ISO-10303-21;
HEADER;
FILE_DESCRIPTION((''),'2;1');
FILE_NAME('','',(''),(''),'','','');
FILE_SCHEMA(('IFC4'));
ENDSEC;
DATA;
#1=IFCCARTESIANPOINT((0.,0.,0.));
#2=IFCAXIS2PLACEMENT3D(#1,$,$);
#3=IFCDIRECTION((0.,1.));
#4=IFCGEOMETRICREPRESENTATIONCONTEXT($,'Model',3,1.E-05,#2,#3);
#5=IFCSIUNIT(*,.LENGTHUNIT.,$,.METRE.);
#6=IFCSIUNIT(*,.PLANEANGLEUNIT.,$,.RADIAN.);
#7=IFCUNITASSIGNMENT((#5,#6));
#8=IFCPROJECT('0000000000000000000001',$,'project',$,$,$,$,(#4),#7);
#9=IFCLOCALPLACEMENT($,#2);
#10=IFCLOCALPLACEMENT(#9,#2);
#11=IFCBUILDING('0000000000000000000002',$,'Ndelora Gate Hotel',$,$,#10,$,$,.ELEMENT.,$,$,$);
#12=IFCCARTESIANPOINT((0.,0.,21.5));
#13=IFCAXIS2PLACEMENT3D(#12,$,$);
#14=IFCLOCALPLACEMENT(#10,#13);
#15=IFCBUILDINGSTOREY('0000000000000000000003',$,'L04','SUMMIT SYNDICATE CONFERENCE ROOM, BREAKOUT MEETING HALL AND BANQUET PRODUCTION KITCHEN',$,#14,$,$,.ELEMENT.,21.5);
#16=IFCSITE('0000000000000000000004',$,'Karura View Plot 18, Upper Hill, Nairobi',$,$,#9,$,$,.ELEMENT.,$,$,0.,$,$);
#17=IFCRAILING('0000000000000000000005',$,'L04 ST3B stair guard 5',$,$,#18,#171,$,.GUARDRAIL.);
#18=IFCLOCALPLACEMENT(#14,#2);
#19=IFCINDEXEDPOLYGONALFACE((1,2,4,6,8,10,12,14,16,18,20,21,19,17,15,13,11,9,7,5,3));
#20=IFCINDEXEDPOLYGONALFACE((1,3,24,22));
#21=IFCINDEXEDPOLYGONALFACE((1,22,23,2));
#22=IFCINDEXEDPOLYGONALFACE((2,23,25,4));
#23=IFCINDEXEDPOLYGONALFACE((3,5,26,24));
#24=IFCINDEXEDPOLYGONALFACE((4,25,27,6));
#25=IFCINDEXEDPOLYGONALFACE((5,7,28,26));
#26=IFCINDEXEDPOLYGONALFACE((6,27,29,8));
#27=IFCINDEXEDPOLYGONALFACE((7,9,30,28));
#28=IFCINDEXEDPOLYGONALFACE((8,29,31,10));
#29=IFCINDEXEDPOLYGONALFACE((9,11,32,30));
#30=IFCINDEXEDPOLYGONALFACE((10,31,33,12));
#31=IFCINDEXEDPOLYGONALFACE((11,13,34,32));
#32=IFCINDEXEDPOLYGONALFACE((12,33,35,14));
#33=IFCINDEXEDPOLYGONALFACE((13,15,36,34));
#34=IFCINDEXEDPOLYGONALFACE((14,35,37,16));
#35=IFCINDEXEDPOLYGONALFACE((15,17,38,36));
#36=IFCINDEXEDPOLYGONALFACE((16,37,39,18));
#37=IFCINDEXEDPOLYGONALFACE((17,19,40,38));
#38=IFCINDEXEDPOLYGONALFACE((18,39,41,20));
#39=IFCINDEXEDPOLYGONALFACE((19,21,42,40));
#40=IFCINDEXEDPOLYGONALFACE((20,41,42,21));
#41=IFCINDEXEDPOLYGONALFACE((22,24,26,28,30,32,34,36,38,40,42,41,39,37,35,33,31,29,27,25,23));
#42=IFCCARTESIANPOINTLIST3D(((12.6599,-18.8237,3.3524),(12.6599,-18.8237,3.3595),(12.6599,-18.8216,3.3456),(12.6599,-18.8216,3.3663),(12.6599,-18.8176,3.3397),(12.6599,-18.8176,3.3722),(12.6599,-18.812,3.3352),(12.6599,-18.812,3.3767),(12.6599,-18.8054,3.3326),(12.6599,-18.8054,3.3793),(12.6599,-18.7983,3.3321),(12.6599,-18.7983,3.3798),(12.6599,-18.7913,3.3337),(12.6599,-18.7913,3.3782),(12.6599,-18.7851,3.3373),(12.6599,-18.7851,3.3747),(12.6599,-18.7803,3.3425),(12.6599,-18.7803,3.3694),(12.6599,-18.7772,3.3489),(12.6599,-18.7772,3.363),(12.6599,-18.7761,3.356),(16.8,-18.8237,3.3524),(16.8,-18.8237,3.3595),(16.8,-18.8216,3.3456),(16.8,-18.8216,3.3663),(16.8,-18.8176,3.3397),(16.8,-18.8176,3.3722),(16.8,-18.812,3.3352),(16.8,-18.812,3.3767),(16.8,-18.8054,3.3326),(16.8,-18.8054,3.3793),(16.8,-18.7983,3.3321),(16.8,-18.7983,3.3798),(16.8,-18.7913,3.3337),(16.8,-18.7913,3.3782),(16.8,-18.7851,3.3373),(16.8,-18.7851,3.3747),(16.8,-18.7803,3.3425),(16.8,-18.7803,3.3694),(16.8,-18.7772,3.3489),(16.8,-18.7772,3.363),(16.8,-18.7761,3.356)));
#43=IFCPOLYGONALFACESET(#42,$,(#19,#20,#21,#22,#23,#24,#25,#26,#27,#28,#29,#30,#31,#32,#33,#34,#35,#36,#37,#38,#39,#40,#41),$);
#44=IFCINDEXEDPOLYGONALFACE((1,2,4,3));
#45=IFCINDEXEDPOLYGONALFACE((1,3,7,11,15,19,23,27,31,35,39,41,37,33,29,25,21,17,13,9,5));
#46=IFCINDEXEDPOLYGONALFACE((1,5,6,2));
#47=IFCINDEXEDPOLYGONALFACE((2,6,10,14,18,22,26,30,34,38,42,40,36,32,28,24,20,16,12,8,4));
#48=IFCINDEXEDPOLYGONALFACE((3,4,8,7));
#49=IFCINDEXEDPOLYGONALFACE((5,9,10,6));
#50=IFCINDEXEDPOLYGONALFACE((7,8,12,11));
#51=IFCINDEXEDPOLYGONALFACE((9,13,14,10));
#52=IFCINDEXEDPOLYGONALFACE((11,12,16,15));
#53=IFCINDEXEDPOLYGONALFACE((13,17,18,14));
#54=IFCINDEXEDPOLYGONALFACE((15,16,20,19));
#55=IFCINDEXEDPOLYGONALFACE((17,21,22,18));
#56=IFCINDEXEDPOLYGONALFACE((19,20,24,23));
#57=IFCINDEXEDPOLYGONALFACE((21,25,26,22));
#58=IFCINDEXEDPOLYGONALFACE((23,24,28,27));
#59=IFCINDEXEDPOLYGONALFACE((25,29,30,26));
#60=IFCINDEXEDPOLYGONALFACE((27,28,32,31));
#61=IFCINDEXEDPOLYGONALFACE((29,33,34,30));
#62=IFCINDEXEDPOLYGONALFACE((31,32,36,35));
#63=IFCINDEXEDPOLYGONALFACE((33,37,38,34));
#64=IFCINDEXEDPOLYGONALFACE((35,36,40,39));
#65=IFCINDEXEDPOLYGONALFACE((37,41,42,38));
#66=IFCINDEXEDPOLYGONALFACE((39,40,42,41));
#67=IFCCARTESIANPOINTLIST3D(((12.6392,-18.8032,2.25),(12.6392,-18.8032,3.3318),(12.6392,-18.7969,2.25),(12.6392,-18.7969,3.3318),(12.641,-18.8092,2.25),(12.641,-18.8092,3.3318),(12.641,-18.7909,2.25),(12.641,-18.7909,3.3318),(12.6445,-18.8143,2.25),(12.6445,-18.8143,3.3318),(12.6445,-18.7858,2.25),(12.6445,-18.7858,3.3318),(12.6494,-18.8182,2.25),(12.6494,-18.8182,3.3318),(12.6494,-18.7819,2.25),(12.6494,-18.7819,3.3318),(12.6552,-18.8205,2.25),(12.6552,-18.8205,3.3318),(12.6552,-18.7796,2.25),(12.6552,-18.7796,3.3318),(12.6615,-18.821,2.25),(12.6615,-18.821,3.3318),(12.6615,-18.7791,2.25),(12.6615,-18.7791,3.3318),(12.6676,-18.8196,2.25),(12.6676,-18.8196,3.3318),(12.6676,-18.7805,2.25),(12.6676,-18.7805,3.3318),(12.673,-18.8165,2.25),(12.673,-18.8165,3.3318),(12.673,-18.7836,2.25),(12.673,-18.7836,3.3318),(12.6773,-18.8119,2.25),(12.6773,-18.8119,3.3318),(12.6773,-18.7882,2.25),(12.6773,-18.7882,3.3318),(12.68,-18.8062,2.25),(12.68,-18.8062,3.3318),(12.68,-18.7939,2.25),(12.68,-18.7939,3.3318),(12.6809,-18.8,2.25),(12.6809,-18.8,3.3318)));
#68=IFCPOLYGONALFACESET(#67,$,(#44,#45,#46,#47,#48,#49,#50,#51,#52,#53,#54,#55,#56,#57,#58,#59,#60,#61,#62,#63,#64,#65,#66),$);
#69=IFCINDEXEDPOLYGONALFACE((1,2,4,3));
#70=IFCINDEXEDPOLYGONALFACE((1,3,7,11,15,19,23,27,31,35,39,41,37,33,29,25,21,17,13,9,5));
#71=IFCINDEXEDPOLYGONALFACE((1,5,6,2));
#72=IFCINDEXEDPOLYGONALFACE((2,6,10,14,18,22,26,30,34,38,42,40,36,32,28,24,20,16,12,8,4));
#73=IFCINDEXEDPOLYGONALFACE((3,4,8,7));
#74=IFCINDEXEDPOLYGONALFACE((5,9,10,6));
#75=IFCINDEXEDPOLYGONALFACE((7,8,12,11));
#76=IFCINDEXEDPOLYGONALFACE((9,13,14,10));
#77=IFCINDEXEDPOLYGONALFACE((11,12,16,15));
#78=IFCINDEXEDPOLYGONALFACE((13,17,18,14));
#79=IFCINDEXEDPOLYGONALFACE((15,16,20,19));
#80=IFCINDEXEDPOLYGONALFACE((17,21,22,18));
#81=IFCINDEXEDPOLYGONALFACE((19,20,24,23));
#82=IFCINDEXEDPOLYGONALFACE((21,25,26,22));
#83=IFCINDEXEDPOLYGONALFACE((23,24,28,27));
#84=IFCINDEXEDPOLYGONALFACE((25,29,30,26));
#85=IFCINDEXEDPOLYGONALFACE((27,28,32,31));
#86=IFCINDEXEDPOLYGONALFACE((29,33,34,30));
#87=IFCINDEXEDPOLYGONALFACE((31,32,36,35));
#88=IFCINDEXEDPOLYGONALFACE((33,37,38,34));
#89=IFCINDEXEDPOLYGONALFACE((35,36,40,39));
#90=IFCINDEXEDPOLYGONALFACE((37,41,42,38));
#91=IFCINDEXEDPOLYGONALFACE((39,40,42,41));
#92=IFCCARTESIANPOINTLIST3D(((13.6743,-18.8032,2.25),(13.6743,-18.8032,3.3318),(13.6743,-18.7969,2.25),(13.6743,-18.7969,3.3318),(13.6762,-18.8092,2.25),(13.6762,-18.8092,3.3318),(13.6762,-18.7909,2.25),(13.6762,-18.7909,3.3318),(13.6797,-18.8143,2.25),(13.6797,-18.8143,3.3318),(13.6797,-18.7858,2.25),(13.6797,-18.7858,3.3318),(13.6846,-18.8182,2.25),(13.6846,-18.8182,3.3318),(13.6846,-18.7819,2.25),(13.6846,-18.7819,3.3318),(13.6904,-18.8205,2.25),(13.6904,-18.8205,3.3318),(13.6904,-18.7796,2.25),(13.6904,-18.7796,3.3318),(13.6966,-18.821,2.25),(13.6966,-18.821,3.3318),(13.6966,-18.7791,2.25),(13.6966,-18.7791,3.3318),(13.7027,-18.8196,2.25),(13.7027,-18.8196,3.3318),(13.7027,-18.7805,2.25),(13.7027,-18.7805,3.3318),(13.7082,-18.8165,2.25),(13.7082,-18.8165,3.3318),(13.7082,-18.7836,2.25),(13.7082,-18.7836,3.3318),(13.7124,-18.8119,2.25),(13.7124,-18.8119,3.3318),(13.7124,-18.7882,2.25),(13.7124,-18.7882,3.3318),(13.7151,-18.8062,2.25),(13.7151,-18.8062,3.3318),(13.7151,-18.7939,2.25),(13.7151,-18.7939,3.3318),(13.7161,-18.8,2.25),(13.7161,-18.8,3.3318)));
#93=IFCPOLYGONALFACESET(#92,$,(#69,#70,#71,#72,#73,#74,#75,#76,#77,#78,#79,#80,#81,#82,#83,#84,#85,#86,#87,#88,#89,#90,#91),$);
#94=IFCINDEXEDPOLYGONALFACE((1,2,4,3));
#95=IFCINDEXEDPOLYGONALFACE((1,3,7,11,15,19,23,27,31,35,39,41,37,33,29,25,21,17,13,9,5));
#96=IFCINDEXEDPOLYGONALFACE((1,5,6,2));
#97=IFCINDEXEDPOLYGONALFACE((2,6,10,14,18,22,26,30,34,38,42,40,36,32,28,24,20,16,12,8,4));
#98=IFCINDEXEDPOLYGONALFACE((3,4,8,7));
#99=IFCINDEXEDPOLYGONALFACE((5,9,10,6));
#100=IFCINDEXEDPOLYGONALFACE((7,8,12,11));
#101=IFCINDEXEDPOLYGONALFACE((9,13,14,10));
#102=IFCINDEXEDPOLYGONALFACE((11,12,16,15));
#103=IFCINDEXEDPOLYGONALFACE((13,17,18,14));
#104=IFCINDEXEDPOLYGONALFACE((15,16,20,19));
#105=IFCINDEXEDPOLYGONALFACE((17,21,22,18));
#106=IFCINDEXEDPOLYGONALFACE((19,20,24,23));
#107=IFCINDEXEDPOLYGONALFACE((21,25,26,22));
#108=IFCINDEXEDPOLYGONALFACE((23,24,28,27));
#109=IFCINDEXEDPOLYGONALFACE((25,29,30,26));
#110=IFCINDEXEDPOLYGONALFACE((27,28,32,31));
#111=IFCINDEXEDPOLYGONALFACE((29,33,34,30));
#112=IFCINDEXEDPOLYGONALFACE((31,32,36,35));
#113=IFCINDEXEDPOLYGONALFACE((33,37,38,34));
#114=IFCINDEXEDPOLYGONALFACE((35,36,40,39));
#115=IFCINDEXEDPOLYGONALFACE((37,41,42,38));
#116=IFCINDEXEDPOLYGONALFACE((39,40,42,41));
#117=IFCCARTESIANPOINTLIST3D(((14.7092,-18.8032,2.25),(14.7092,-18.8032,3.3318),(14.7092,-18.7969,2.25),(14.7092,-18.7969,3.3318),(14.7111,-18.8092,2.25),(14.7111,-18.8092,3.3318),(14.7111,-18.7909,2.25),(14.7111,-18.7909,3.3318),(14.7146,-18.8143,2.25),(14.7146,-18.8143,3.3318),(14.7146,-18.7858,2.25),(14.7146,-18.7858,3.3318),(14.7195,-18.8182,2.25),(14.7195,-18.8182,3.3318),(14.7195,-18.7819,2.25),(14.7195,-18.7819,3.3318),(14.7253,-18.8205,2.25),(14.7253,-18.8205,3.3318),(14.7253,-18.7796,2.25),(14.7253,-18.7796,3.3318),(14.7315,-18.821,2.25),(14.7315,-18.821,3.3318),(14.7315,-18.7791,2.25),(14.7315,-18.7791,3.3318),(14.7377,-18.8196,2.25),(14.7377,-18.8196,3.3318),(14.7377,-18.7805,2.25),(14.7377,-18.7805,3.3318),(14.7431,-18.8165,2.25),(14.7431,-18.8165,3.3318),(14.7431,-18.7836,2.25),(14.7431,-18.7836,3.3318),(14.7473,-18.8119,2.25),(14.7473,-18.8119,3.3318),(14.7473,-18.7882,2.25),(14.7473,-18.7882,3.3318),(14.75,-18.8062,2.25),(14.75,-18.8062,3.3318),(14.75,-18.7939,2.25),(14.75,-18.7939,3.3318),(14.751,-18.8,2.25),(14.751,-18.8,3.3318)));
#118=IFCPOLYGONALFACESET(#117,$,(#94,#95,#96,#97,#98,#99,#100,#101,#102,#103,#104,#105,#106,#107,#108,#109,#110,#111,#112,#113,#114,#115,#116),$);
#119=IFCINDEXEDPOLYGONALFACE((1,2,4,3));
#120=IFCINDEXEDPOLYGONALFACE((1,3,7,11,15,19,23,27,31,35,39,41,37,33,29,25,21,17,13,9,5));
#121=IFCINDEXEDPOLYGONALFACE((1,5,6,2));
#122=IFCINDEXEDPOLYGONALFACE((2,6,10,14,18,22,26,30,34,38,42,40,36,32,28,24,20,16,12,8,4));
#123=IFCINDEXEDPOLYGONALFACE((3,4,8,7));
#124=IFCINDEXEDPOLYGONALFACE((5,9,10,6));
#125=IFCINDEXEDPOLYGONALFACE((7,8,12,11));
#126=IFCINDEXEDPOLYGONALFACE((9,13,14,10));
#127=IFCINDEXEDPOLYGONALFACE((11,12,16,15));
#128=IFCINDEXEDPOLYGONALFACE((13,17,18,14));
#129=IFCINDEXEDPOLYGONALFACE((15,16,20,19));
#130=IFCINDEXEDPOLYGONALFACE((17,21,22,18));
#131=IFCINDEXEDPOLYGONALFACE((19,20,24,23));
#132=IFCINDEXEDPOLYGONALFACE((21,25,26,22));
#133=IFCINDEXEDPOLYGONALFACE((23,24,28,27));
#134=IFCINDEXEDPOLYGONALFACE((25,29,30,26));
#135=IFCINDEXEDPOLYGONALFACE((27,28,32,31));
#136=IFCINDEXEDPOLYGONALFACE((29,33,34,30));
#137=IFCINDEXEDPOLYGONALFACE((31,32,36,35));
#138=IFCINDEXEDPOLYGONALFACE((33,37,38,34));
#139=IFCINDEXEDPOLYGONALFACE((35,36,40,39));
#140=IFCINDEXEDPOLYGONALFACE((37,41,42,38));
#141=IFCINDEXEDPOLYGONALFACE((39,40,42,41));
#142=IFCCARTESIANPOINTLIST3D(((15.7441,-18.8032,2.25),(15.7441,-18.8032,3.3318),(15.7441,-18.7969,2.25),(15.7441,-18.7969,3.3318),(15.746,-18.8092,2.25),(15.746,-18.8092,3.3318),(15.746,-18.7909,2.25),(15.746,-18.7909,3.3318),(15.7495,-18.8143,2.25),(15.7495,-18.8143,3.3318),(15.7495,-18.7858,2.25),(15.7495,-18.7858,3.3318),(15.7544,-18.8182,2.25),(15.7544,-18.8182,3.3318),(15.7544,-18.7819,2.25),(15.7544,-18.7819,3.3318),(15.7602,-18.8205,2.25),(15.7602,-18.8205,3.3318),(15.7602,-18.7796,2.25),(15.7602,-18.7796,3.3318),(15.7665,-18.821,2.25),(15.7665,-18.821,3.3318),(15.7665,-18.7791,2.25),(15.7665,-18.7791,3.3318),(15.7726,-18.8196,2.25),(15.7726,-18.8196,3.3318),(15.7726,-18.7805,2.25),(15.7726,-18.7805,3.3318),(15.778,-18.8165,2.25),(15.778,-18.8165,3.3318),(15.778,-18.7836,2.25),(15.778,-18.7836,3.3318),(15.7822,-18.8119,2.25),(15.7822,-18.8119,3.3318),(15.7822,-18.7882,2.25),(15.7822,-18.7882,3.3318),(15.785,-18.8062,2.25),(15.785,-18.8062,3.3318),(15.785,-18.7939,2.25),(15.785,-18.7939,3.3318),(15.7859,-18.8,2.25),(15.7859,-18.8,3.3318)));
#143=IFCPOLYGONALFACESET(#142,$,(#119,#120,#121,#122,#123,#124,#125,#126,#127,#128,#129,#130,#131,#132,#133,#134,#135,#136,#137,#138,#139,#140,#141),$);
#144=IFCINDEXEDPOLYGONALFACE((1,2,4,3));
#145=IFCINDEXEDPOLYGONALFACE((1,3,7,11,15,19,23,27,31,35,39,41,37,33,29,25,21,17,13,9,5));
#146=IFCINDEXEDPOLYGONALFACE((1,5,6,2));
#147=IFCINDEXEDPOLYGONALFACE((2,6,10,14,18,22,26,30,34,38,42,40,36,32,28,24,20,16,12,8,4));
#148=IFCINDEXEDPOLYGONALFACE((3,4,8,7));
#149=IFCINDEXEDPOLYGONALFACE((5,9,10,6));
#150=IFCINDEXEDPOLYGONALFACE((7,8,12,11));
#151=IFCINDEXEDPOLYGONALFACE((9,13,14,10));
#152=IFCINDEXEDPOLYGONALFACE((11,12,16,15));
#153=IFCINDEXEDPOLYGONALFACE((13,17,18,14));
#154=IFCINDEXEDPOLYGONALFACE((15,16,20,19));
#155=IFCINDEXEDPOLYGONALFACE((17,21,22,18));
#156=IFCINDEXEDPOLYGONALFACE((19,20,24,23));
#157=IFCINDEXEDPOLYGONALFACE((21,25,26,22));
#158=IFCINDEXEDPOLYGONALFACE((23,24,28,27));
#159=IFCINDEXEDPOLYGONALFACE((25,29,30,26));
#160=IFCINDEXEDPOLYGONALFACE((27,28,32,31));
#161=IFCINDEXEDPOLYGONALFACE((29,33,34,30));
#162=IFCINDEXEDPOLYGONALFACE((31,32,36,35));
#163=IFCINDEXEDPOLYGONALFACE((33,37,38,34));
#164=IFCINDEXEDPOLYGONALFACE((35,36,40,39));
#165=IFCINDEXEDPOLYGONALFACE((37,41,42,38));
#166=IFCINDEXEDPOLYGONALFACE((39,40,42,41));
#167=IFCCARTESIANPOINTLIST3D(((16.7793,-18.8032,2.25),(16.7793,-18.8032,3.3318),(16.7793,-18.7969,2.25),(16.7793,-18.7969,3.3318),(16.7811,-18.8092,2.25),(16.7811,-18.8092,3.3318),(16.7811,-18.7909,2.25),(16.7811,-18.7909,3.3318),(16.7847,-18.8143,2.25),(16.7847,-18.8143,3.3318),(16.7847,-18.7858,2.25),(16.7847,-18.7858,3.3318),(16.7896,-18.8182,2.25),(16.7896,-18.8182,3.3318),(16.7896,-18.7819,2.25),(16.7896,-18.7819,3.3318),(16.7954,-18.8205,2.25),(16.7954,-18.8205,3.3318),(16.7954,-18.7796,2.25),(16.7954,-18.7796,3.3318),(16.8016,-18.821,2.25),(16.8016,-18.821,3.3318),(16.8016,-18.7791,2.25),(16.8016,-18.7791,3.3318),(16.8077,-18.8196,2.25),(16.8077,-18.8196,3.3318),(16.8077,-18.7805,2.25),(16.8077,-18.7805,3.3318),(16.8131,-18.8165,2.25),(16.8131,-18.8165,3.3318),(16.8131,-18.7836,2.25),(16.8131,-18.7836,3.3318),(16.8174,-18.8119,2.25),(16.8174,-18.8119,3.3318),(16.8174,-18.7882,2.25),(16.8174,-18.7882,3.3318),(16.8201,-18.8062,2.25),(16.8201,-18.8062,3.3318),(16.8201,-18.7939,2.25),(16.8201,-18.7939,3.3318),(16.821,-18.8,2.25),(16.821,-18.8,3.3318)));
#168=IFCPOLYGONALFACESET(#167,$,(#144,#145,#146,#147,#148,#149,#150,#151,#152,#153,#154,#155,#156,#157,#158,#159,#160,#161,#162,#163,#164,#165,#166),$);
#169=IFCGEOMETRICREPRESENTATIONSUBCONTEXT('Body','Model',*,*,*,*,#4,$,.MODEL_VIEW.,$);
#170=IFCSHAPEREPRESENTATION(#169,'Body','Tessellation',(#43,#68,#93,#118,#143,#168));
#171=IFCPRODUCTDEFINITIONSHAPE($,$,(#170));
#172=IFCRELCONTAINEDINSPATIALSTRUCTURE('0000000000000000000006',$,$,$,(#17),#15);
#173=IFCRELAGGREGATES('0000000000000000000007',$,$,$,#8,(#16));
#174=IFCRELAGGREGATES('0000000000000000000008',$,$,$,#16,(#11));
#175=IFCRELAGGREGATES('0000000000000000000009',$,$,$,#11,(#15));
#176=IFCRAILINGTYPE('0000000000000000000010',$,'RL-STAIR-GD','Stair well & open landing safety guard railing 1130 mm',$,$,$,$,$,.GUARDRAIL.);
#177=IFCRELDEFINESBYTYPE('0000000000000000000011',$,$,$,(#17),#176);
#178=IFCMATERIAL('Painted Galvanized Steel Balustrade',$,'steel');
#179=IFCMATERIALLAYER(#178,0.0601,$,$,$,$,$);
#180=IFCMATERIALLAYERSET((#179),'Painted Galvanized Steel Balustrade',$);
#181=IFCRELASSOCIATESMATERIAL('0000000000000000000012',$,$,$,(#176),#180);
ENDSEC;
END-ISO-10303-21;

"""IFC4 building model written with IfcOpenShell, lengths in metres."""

from ifc_helpers import new_model, si_unit, direction, frame, origin, origin_2d, place, context, subcontext, project, spatial, circle, extrude, material, layer, layer_set, type_object, element, save


model = new_model("IFC4")

# Units and contexts
model_context = context("Model", 3, precision=1e-05, world=origin(), true_north=direction((0.0, 1.0)))
body_context = subcontext(model_context, "Body", "Model", "MODEL_VIEW")
ifc_project = project(units=[si_unit("LENGTHUNIT", "METRE"), si_unit("PLANEANGLEUNIT", "RADIAN")], contexts=[model_context])

# Site, building, storey
site_placement = place(None, origin())
site = spatial("IfcSite", under=ifc_project, at=site_placement, Name="Karura View Plot 18, Upper Hill, Nairobi", CompositionType="ELEMENT", RefElevation=0.0)
building_placement = place(site_placement, origin())
building = spatial("IfcBuilding", under=site, at=building_placement, Name="Ndelora Gate Hotel", CompositionType="ELEMENT")
storey_placement = place(building_placement, frame((0.0, 0.0, 21.5)))
storey = spatial("IfcBuildingStorey", under=building, at=storey_placement, Name="L04", Description="SUMMIT SYNDICATE CONFERENCE ROOM, BREAKOUT MEETING HALL AND BANQUET PRODUCTION KITCHEN", CompositionType="ELEMENT", Elevation=21.5)

# Railing
ifc_material_1 = material(Name="Painted Galvanized Steel Balustrade", Category="steel")
ifc_layer_1 = layer(ifc_material_1, 0.0601)
ifc_layer_set_1 = layer_set([ifc_layer_1], Name="Painted Galvanized Steel Balustrade")
railing_type_1 = type_object("IfcRailingType", Name="RL-STAIR-GD", Description="Stair well & open landing safety guard railing 1130 mm", PredefinedType="GUARDRAIL", material=ifc_layer_set_1)
railing_1_placement = place(storey_placement, frame((12.6599, -18.8, 2.25)))
element("IfcRailing", 1, at=railing_1_placement, inside=storey, type_object=railing_type_1, Name="L04 ST3B stair guard 5", PredefinedType="GUARDRAIL", context=body_context, shape_type="SweptSolid", body=[
    extrude(circle(Radius=0.0239, at=origin_2d()), frame((0.0, 0.0, 1.106), z_axis=(1.0, 0.0, 0.0), x_axis=(0.0, 1.0, 0.0)), (0.0, 0.0, 1.0), 4.1401),
    extrude(circle(Radius=0.021, at=origin_2d()), origin(), (0.0, 0.0, 1.0), 1.0818),
    extrude(circle(Radius=0.021, at=origin_2d()), frame((1.0352, 0.0, 0.0)), (0.0, 0.0, 1.0), 1.0818),
    extrude(circle(Radius=0.021, at=origin_2d()), frame((2.0701, 0.0, 0.0)), (0.0, 0.0, 1.0), 1.0818),
    extrude(circle(Radius=0.021, at=origin_2d()), frame((3.105, 0.0, 0.0)), (0.0, 0.0, 1.0), 1.0818),
    extrude(circle(Radius=0.021, at=origin_2d()), frame((4.1401, 0.0, 0.0)), (0.0, 0.0, 1.0), 1.0818),
])

save(model, "model.ifc")
